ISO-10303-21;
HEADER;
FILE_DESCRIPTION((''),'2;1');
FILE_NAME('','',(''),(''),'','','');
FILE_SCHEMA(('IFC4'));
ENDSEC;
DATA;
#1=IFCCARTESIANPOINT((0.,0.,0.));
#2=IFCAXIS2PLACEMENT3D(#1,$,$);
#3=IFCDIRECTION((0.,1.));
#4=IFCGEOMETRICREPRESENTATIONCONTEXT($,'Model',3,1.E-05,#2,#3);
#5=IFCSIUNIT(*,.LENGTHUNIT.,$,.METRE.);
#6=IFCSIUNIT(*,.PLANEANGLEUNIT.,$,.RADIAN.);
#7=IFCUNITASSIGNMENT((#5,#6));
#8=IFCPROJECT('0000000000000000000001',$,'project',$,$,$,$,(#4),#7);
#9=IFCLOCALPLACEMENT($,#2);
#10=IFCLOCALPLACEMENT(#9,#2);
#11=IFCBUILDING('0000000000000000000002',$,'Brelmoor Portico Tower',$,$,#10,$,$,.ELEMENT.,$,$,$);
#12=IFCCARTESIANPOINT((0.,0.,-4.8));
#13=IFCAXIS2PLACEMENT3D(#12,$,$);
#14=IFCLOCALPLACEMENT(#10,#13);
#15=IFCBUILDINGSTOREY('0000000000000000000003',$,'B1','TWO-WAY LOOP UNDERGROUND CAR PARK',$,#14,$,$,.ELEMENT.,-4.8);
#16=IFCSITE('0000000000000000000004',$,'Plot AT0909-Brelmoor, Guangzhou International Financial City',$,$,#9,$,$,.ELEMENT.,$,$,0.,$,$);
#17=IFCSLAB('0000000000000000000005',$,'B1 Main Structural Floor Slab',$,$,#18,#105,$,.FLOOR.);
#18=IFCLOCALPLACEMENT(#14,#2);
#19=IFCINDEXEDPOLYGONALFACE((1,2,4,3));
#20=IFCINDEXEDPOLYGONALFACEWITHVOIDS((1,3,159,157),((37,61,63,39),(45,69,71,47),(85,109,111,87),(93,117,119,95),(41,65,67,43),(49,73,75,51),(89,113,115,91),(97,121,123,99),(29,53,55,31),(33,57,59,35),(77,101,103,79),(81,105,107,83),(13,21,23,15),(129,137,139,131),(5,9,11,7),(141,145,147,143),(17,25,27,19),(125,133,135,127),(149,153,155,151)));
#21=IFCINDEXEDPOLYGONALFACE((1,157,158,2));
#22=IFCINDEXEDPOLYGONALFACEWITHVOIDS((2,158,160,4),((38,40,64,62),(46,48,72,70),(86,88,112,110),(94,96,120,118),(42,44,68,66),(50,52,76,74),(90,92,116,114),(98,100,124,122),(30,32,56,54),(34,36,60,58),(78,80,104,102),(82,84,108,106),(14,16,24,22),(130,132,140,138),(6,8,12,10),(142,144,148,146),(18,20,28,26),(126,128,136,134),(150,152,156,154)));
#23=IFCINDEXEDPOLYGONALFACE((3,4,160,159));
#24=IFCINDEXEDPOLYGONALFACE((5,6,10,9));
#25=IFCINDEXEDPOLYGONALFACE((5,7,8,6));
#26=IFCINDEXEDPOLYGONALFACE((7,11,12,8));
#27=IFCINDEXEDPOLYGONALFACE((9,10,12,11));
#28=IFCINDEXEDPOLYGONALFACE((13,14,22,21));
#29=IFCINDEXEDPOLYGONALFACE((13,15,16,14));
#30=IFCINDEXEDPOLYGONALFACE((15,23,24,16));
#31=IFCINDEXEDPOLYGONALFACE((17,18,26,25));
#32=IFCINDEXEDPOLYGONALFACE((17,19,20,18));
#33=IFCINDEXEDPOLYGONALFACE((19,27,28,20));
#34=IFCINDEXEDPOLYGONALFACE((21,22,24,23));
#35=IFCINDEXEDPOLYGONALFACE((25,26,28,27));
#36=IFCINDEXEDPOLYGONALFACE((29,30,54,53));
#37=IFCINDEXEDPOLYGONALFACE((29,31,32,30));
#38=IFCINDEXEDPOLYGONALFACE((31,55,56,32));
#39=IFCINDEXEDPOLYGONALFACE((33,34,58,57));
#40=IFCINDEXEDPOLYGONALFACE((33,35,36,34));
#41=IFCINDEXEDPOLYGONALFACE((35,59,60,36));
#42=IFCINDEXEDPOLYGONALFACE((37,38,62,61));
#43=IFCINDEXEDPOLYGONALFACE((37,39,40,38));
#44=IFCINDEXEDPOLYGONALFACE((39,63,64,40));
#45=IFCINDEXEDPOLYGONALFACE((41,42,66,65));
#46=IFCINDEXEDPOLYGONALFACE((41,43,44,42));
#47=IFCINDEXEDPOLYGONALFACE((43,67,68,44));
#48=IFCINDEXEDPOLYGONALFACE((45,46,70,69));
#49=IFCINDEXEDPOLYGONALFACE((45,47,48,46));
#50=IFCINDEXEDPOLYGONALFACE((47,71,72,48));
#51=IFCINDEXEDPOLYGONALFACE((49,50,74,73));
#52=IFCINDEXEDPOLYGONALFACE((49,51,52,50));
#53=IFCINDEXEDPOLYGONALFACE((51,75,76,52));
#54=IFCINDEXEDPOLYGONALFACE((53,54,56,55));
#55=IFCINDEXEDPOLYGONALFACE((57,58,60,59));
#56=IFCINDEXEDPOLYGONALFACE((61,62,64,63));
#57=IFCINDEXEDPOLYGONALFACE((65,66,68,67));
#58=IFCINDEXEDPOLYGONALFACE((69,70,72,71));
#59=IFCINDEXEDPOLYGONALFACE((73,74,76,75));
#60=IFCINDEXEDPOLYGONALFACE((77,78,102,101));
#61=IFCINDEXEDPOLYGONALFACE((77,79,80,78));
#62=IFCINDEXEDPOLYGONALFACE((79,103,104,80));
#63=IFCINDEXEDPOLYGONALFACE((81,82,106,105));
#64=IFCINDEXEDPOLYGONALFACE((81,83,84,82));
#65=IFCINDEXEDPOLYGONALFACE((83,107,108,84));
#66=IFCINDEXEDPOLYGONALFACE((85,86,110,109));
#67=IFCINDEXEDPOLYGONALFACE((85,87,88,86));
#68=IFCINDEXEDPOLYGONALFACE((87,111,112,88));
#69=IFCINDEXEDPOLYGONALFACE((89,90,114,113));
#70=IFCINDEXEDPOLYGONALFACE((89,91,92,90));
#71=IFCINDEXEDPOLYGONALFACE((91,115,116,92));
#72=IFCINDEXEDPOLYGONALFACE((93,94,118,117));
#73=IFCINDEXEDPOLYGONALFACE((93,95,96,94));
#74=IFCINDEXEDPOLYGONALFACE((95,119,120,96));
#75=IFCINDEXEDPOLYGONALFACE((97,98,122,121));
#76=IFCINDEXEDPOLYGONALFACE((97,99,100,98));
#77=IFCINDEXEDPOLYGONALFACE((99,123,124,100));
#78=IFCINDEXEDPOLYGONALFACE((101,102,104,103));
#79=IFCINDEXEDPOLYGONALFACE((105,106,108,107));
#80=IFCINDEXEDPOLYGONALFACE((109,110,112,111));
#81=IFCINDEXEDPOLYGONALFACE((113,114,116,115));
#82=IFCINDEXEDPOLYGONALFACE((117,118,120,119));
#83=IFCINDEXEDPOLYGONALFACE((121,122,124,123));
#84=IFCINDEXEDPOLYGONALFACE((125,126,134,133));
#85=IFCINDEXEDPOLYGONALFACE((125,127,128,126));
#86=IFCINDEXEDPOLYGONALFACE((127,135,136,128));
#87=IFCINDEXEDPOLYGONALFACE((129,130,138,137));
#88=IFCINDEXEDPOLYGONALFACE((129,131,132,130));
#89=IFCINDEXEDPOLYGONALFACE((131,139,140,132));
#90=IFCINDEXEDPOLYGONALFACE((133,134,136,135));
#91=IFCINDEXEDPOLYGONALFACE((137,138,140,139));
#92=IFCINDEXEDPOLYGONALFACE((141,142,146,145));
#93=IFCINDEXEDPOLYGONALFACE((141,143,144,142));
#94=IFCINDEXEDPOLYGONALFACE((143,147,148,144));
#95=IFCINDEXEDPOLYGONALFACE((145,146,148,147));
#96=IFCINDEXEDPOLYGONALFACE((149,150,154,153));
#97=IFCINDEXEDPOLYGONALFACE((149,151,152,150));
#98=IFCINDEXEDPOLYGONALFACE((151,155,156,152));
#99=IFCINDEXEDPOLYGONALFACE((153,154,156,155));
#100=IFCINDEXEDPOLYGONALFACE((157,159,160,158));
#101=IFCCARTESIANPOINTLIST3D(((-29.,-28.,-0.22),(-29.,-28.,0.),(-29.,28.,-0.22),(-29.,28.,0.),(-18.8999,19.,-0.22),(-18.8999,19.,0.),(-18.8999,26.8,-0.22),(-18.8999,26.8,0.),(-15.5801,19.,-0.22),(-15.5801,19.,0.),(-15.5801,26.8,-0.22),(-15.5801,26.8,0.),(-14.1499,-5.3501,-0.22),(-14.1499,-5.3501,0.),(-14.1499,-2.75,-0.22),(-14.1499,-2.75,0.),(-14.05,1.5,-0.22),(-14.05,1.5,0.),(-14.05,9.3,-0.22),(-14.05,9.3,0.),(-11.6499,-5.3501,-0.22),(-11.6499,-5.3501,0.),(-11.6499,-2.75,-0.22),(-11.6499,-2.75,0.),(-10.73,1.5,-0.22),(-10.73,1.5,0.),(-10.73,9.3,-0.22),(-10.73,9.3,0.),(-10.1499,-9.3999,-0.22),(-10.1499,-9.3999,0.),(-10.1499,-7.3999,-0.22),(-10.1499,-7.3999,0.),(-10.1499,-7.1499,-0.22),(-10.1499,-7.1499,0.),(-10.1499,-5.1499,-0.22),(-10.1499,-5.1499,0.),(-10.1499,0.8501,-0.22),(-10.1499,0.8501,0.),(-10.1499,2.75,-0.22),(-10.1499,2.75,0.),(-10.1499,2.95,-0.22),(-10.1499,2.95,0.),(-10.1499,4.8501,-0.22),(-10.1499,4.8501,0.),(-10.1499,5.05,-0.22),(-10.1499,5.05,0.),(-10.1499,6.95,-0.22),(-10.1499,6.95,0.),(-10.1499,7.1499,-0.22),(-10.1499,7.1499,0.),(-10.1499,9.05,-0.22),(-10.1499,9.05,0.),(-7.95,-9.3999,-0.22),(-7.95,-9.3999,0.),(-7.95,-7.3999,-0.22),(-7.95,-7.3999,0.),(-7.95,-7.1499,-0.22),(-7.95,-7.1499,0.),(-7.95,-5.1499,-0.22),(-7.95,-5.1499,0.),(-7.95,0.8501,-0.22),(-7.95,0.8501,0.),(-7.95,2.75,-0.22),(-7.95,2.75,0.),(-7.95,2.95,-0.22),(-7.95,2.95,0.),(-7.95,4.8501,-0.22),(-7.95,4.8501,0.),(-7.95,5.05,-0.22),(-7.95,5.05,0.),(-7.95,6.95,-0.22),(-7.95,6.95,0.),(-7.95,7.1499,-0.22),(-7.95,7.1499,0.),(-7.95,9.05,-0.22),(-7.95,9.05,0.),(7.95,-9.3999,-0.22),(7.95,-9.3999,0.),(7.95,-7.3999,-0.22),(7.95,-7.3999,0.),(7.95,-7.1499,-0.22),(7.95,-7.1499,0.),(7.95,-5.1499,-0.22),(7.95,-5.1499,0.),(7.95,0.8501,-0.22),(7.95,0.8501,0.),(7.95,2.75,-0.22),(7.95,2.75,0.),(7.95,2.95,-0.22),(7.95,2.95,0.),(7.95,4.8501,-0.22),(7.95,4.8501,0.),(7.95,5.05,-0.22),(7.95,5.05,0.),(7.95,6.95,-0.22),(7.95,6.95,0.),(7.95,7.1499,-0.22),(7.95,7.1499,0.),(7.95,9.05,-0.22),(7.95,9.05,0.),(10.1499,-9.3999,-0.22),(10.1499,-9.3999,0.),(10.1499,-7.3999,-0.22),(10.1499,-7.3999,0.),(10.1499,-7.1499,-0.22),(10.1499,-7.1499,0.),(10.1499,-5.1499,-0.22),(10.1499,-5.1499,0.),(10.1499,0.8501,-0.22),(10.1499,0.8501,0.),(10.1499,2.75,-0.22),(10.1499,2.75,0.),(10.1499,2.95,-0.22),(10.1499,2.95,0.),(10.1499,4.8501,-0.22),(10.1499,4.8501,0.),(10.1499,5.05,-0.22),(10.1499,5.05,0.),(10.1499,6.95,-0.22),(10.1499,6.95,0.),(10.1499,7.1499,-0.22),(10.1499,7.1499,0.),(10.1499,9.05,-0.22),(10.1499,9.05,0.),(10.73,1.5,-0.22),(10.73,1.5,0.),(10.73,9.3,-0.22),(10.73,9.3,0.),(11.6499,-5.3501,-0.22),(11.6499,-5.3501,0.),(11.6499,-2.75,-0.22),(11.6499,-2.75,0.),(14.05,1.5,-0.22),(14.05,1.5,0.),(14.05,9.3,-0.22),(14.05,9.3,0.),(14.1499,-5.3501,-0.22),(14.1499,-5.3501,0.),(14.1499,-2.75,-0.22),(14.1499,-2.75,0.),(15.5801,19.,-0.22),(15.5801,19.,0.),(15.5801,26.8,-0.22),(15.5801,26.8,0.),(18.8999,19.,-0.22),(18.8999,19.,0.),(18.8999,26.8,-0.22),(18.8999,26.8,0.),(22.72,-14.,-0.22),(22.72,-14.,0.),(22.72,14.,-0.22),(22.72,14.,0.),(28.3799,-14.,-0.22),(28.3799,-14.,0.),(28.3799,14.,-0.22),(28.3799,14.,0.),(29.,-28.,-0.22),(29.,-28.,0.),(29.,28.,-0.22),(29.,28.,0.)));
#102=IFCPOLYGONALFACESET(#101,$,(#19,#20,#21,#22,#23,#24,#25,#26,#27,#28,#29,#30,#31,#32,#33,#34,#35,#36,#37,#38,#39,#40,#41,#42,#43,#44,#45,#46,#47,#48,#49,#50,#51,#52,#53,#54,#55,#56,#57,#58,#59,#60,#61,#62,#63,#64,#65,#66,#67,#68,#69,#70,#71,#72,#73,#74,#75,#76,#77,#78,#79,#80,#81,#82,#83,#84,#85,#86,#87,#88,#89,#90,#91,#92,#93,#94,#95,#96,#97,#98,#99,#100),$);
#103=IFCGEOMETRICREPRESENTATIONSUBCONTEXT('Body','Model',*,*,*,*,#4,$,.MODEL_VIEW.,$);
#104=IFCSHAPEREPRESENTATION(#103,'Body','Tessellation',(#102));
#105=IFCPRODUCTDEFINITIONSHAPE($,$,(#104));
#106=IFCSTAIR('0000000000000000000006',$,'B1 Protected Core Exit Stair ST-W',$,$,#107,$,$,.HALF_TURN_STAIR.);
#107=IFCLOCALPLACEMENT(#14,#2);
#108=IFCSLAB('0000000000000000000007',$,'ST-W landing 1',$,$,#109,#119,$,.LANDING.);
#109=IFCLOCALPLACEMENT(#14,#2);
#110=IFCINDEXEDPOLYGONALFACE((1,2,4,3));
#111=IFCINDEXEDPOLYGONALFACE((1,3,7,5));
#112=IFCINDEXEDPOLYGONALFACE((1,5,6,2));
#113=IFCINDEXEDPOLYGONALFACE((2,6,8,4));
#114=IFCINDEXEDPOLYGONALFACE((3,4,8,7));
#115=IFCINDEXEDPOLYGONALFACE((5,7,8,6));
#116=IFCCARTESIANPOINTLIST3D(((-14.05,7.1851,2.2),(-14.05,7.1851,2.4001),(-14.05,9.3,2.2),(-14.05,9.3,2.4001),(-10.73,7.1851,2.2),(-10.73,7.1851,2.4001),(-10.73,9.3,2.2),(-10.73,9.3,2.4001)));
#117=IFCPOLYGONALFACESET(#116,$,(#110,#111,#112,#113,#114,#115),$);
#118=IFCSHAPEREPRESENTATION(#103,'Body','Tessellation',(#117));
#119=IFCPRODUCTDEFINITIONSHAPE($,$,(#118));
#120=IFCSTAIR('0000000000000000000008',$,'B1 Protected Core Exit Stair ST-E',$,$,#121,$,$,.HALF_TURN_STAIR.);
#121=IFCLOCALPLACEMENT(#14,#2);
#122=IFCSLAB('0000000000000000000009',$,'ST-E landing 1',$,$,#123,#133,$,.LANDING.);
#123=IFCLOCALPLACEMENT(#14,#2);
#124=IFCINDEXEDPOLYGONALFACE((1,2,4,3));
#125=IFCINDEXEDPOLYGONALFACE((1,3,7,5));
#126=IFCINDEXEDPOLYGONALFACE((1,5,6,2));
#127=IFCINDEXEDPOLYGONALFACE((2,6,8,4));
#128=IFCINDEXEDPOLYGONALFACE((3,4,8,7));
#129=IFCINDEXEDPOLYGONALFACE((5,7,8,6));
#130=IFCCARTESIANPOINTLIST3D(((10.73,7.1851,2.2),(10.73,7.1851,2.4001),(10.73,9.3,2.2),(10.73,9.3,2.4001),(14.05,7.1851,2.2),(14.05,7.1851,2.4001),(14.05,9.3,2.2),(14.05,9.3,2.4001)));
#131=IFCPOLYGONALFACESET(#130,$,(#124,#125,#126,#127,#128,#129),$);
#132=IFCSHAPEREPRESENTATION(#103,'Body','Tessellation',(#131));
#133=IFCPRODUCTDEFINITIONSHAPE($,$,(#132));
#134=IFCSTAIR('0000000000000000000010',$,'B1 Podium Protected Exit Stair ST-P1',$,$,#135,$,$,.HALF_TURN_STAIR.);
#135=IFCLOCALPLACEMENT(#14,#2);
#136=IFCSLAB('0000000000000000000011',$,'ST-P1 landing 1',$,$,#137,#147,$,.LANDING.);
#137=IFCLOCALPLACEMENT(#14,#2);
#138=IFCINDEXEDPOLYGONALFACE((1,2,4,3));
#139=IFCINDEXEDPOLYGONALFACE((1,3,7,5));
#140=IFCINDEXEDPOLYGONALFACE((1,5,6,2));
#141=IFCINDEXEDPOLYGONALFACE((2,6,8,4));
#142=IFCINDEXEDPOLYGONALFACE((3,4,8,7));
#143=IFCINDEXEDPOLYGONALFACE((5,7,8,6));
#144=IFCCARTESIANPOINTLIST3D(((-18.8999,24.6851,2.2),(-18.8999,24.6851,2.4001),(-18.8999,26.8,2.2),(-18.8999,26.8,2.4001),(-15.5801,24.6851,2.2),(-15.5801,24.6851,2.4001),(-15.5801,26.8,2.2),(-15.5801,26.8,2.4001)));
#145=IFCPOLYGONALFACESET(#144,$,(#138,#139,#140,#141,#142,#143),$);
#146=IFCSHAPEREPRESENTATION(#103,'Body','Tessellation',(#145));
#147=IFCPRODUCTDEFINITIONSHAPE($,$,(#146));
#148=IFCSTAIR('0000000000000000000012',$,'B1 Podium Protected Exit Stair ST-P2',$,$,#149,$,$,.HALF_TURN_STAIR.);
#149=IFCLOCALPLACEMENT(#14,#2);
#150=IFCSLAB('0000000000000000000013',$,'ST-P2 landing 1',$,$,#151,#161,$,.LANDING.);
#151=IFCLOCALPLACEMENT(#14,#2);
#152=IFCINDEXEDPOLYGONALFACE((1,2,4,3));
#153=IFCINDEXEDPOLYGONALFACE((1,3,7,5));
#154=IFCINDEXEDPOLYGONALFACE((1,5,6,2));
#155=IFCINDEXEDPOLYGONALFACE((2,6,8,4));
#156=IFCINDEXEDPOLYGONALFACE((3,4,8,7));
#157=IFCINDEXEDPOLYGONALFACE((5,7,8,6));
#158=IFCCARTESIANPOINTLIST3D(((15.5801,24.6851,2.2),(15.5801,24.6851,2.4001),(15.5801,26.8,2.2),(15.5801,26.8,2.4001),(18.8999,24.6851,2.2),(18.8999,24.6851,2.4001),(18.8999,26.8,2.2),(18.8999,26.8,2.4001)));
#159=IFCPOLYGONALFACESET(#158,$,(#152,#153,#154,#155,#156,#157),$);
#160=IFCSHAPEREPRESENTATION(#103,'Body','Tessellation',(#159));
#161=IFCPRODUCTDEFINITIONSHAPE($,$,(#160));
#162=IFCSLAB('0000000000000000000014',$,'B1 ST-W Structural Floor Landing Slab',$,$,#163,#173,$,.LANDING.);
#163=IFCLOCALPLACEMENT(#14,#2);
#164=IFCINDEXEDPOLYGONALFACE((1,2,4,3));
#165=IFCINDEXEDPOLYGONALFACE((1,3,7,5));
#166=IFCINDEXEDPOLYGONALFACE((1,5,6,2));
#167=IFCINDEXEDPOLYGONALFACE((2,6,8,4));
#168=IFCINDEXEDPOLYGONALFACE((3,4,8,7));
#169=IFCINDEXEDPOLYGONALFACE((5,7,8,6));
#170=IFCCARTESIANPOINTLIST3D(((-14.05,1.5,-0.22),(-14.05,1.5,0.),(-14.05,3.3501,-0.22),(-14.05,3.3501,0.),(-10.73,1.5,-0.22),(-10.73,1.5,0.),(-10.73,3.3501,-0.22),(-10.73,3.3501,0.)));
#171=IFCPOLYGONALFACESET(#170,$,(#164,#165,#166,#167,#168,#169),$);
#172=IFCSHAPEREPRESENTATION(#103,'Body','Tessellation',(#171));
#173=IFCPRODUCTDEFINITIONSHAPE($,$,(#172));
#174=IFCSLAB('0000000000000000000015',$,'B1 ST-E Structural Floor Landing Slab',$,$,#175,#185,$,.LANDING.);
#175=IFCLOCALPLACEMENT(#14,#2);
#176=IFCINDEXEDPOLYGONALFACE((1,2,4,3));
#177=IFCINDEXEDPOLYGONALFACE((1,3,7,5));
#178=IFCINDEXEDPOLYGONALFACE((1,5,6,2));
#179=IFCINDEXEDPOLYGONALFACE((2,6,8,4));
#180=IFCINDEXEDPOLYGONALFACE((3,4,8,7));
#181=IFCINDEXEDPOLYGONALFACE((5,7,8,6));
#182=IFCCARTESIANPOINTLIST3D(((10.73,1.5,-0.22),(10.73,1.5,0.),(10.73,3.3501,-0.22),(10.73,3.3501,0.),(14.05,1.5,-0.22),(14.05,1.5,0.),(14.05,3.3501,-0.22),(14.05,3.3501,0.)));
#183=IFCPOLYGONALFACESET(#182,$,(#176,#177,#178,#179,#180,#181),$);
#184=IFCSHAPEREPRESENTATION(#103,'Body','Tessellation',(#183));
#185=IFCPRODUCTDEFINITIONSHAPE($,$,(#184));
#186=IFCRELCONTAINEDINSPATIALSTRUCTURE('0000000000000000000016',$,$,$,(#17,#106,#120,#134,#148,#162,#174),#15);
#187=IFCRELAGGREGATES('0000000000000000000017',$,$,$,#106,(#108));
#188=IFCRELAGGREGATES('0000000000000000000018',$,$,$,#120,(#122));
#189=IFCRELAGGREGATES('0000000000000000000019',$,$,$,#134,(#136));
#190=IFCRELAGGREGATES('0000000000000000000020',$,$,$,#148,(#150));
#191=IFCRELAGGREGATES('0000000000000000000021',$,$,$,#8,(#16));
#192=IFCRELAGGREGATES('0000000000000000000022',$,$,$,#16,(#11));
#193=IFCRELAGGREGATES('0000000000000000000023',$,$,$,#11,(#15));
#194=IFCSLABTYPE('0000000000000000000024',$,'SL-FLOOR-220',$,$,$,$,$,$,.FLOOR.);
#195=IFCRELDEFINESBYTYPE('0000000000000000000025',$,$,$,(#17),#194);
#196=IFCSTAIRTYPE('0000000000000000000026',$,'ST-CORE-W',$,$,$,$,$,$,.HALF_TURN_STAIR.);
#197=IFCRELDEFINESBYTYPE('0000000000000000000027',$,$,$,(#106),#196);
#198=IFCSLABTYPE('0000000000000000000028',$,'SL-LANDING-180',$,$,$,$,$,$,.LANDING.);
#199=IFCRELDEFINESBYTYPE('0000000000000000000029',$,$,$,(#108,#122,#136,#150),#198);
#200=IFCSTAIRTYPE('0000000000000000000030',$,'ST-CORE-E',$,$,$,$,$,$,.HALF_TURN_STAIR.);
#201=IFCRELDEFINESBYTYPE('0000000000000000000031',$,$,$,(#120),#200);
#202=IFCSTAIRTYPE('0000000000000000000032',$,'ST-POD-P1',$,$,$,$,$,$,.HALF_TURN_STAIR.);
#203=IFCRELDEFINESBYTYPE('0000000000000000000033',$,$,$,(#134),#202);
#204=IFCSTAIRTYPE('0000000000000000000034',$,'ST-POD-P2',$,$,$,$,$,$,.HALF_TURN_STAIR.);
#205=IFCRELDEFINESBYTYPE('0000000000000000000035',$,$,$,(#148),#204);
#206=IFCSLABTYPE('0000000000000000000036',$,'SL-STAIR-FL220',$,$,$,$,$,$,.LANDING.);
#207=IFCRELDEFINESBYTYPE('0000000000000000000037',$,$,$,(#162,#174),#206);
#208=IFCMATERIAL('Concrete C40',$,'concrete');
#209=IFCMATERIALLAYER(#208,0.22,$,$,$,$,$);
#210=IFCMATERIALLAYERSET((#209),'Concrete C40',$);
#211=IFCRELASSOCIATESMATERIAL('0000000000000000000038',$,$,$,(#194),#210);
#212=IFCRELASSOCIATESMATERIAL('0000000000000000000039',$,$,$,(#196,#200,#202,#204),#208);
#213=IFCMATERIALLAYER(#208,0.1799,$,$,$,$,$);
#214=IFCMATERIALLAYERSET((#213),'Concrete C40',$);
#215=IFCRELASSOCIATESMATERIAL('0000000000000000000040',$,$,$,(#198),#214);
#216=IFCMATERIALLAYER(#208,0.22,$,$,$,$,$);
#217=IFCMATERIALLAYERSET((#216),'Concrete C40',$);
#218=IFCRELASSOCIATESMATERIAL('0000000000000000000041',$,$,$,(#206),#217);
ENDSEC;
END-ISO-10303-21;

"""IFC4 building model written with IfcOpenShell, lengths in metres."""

from ifc_helpers import new_model, si_unit, direction, frame, origin, place, context, subcontext, project, spatial, polyline, outline, extrude, material, layer, layer_set, type_object, element, aggregate, save


model = new_model("IFC4")

# Units and contexts
model_context = context("Model", 3, precision=1e-05, world=origin(), true_north=direction((0.0, 1.0)))
body_context = subcontext(model_context, "Body", "Model", "MODEL_VIEW")
ifc_project = project(units=[si_unit("LENGTHUNIT", "METRE"), si_unit("PLANEANGLEUNIT", "RADIAN")], contexts=[model_context])

# Site, building, storey
site_placement = place(None, origin())
site = spatial("IfcSite", under=ifc_project, at=site_placement, Name="Plot AT0909-Brelmoor, Guangzhou International Financial City", CompositionType="ELEMENT", RefElevation=0.0)
building_placement = place(site_placement, origin())
building = spatial("IfcBuilding", under=site, at=building_placement, Name="Brelmoor Portico Tower", CompositionType="ELEMENT")
storey_placement = place(building_placement, frame((0.0, 0.0, -4.8)))
storey = spatial("IfcBuildingStorey", under=building, at=storey_placement, Name="B1", Description="TWO-WAY LOOP UNDERGROUND CAR PARK", CompositionType="ELEMENT", Elevation=-4.8)

# Slab
ifc_material_1 = material(Name="Concrete C40", Category="concrete")
ifc_layer_1 = layer(ifc_material_1, 0.22)
ifc_layer_set_1 = layer_set([ifc_layer_1], Name="Concrete C40")
slab_type_1 = type_object("IfcSlabType", Name="SL-FLOOR-220", PredefinedType="FLOOR", material=ifc_layer_set_1)
slab_1_placement = place(storey_placement, frame((0.0, 0.0, -0.22)))
element("IfcSlab", 1, at=slab_1_placement, inside=storey, type_object=slab_type_1, Name="B1 Main Structural Floor Slab", PredefinedType="FLOOR", context=body_context, shape_type="SweptSolid", body=[
    extrude(outline(polyline([(-29.0, -28.0), (29.0, -28.0), (29.0, 28.0), (-29.0, 28.0), (-29.0, -28.0)]), holes=[polyline([(-10.73, 1.5), (-10.73, 9.3), (-14.05, 9.3), (-14.05, 1.5), (-10.73, 1.5)]), polyline([(14.05, 1.5), (14.05, 9.3), (10.73, 9.3), (10.73, 1.5), (14.05, 1.5)]), polyline([(-15.5801, 19.0), (-15.5801, 26.8), (-18.8999, 26.8), (-18.8999, 19.0), (-15.5801, 19.0)]), polyline([(18.8999, 19.0), (18.8999, 26.8), (15.5801, 26.8), (15.5801, 19.0), (18.8999, 19.0)]), polyline([(-10.1499, 0.8501), (-7.95, 0.8501), (-7.95, 2.75), (-10.1499, 2.75), (-10.1499, 0.8501)]), polyline([(-10.1499, 2.95), (-7.95, 2.95), (-7.95, 4.8501), (-10.1499, 4.8501), (-10.1499, 2.95)]), polyline([(-10.1499, 5.05), (-7.95, 5.05), (-7.95, 6.95), (-10.1499, 6.95), (-10.1499, 5.05)]), polyline([(-10.1499, 7.1499), (-7.95, 7.1499), (-7.95, 9.05), (-10.1499, 9.05), (-10.1499, 7.1499)]), polyline([(7.95, 0.8501), (10.1499, 0.8501), (10.1499, 2.75), (7.95, 2.75), (7.95, 0.8501)]), polyline([(7.95, 2.95), (10.1499, 2.95), (10.1499, 4.8501), (7.95, 4.8501), (7.95, 2.95)]), polyline([(7.95, 5.05), (10.1499, 5.05), (10.1499, 6.95), (7.95, 6.95), (7.95, 5.05)]), polyline([(7.95, 7.1499), (10.1499, 7.1499), (10.1499, 9.05), (7.95, 9.05), (7.95, 7.1499)]), polyline([(-10.1499, -9.3999), (-7.95, -9.3999), (-7.95, -7.3999), (-10.1499, -7.3999), (-10.1499, -9.3999)]), polyline([(-10.1499, -7.1499), (-7.95, -7.1499), (-7.95, -5.1499), (-10.1499, -5.1499), (-10.1499, -7.1499)]), polyline([(7.95, -9.3999), (10.1499, -9.3999), (10.1499, -7.3999), (7.95, -7.3999), (7.95, -9.3999)]), polyline([(7.95, -7.1499), (10.1499, -7.1499), (10.1499, -5.1499), (7.95, -5.1499), (7.95, -7.1499)]), polyline([(-14.1499, -5.3501), (-11.6499, -5.3501), (-11.6499, -2.75), (-14.1499, -2.75), (-14.1499, -5.3501)]), polyline([(11.6499, -5.3501), (14.1499, -5.3501), (14.1499, -2.75), (11.6499, -2.75), (11.6499, -5.3501)]), polyline([(22.72, -14.0), (28.3799, -14.0), (28.3799, 14.0), (22.72, 14.0), (22.72, -14.0)])]), origin(), (0.0, 0.0, 1.0), 0.22),
])

# Stairs, slabs
stair_type_1 = type_object("IfcStairType", Name="ST-CORE-W", PredefinedType="HALF_TURN_STAIR", material=ifc_material_1)
stair_1_placement = place(storey_placement, origin())
stair_1 = element("IfcStair", 2, at=stair_1_placement, inside=storey, type_object=stair_type_1, Name="B1 Protected Core Exit Stair ST-W", PredefinedType="HALF_TURN_STAIR")
ifc_layer_2 = layer(ifc_material_1, 0.1799)
ifc_layer_set_2 = layer_set([ifc_layer_2], Name="Concrete C40")
slab_type_2 = type_object("IfcSlabType", Name="SL-LANDING-180", PredefinedType="LANDING", material=ifc_layer_set_2)
slab_2_placement = place(storey_placement, frame((0.0, 0.0, 2.2)))
slab_2 = element("IfcSlab", 3, at=slab_2_placement, type_object=slab_type_2, Name="ST-W landing 1", PredefinedType="LANDING", context=body_context, shape_type="SweptSolid", body=[
    extrude(outline(polyline([(-10.73, 7.1851), (-10.73, 9.3), (-14.05, 9.3), (-14.05, 7.1851), (-10.73, 7.1851)])), origin(), (0.0, 0.0, 1.0), 0.2002),
])
aggregate(stair_1, [slab_2])
stair_type_2 = type_object("IfcStairType", Name="ST-CORE-E", PredefinedType="HALF_TURN_STAIR", material=ifc_material_1)
stair_2_placement = place(storey_placement, origin())
stair_2 = element("IfcStair", 4, at=stair_2_placement, inside=storey, type_object=stair_type_2, Name="B1 Protected Core Exit Stair ST-E", PredefinedType="HALF_TURN_STAIR")
slab_3_placement = place(storey_placement, frame((0.0, 0.0, 2.2)))
slab_3 = element("IfcSlab", 5, at=slab_3_placement, type_object=slab_type_2, Name="ST-E landing 1", PredefinedType="LANDING", context=body_context, shape_type="SweptSolid", body=[
    extrude(outline(polyline([(14.05, 7.1851), (14.05, 9.3), (10.73, 9.3), (10.73, 7.1851), (14.05, 7.1851)])), origin(), (0.0, 0.0, 1.0), 0.2002),
])
aggregate(stair_2, [slab_3])
stair_type_3 = type_object("IfcStairType", Name="ST-POD-P1", PredefinedType="HALF_TURN_STAIR", material=ifc_material_1)
stair_3_placement = place(storey_placement, origin())
stair_3 = element("IfcStair", 6, at=stair_3_placement, inside=storey, type_object=stair_type_3, Name="B1 Podium Protected Exit Stair ST-P1", PredefinedType="HALF_TURN_STAIR")
slab_4_placement = place(storey_placement, frame((0.0, 0.0, 2.2)))
slab_4 = element("IfcSlab", 7, at=slab_4_placement, type_object=slab_type_2, Name="ST-P1 landing 1", PredefinedType="LANDING", context=body_context, shape_type="SweptSolid", body=[
    extrude(outline(polyline([(-15.5801, 24.6851), (-15.5801, 26.8), (-18.8999, 26.8), (-18.8999, 24.6851), (-15.5801, 24.6851)])), origin(), (0.0, 0.0, 1.0), 0.2002),
])
aggregate(stair_3, [slab_4])
stair_type_4 = type_object("IfcStairType", Name="ST-POD-P2", PredefinedType="HALF_TURN_STAIR", material=ifc_material_1)
stair_4_placement = place(storey_placement, origin())
stair_4 = element("IfcStair", 8, at=stair_4_placement, inside=storey, type_object=stair_type_4, Name="B1 Podium Protected Exit Stair ST-P2", PredefinedType="HALF_TURN_STAIR")
slab_5_placement = place(storey_placement, frame((0.0, 0.0, 2.2)))
slab_5 = element("IfcSlab", 9, at=slab_5_placement, type_object=slab_type_2, Name="ST-P2 landing 1", PredefinedType="LANDING", context=body_context, shape_type="SweptSolid", body=[
    extrude(outline(polyline([(18.8999, 24.6851), (18.8999, 26.8), (15.5801, 26.8), (15.5801, 24.6851), (18.8999, 24.6851)])), origin(), (0.0, 0.0, 1.0), 0.2002),
])
aggregate(stair_4, [slab_5])

# Slabs
ifc_layer_3 = layer(ifc_material_1, 0.22)
ifc_layer_set_3 = layer_set([ifc_layer_3], Name="Concrete C40")
slab_type_3 = type_object("IfcSlabType", Name="SL-STAIR-FL220", PredefinedType="LANDING", material=ifc_layer_set_3)
slab_6_placement = place(storey_placement, frame((0.0, 0.0, -0.22)))
element("IfcSlab", 10, at=slab_6_placement, inside=storey, type_object=slab_type_3, Name="B1 ST-W Structural Floor Landing Slab", PredefinedType="LANDING", context=body_context, shape_type="SweptSolid", body=[
    extrude(outline(polyline([(-10.73, 1.5), (-10.73, 3.3501), (-14.05, 3.3501), (-14.05, 1.5), (-10.73, 1.5)])), origin(), (0.0, 0.0, 1.0), 0.22),
])
slab_7_placement = place(storey_placement, frame((0.0, 0.0, -0.22)))
element("IfcSlab", 11, at=slab_7_placement, inside=storey, type_object=slab_type_3, Name="B1 ST-E Structural Floor Landing Slab", PredefinedType="LANDING", context=body_context, shape_type="SweptSolid", body=[
    extrude(outline(polyline([(14.05, 1.5), (14.05, 3.3501), (10.73, 3.3501), (10.73, 1.5), (14.05, 1.5)])), origin(), (0.0, 0.0, 1.0), 0.22),
])

save(model, "model.ifc")
